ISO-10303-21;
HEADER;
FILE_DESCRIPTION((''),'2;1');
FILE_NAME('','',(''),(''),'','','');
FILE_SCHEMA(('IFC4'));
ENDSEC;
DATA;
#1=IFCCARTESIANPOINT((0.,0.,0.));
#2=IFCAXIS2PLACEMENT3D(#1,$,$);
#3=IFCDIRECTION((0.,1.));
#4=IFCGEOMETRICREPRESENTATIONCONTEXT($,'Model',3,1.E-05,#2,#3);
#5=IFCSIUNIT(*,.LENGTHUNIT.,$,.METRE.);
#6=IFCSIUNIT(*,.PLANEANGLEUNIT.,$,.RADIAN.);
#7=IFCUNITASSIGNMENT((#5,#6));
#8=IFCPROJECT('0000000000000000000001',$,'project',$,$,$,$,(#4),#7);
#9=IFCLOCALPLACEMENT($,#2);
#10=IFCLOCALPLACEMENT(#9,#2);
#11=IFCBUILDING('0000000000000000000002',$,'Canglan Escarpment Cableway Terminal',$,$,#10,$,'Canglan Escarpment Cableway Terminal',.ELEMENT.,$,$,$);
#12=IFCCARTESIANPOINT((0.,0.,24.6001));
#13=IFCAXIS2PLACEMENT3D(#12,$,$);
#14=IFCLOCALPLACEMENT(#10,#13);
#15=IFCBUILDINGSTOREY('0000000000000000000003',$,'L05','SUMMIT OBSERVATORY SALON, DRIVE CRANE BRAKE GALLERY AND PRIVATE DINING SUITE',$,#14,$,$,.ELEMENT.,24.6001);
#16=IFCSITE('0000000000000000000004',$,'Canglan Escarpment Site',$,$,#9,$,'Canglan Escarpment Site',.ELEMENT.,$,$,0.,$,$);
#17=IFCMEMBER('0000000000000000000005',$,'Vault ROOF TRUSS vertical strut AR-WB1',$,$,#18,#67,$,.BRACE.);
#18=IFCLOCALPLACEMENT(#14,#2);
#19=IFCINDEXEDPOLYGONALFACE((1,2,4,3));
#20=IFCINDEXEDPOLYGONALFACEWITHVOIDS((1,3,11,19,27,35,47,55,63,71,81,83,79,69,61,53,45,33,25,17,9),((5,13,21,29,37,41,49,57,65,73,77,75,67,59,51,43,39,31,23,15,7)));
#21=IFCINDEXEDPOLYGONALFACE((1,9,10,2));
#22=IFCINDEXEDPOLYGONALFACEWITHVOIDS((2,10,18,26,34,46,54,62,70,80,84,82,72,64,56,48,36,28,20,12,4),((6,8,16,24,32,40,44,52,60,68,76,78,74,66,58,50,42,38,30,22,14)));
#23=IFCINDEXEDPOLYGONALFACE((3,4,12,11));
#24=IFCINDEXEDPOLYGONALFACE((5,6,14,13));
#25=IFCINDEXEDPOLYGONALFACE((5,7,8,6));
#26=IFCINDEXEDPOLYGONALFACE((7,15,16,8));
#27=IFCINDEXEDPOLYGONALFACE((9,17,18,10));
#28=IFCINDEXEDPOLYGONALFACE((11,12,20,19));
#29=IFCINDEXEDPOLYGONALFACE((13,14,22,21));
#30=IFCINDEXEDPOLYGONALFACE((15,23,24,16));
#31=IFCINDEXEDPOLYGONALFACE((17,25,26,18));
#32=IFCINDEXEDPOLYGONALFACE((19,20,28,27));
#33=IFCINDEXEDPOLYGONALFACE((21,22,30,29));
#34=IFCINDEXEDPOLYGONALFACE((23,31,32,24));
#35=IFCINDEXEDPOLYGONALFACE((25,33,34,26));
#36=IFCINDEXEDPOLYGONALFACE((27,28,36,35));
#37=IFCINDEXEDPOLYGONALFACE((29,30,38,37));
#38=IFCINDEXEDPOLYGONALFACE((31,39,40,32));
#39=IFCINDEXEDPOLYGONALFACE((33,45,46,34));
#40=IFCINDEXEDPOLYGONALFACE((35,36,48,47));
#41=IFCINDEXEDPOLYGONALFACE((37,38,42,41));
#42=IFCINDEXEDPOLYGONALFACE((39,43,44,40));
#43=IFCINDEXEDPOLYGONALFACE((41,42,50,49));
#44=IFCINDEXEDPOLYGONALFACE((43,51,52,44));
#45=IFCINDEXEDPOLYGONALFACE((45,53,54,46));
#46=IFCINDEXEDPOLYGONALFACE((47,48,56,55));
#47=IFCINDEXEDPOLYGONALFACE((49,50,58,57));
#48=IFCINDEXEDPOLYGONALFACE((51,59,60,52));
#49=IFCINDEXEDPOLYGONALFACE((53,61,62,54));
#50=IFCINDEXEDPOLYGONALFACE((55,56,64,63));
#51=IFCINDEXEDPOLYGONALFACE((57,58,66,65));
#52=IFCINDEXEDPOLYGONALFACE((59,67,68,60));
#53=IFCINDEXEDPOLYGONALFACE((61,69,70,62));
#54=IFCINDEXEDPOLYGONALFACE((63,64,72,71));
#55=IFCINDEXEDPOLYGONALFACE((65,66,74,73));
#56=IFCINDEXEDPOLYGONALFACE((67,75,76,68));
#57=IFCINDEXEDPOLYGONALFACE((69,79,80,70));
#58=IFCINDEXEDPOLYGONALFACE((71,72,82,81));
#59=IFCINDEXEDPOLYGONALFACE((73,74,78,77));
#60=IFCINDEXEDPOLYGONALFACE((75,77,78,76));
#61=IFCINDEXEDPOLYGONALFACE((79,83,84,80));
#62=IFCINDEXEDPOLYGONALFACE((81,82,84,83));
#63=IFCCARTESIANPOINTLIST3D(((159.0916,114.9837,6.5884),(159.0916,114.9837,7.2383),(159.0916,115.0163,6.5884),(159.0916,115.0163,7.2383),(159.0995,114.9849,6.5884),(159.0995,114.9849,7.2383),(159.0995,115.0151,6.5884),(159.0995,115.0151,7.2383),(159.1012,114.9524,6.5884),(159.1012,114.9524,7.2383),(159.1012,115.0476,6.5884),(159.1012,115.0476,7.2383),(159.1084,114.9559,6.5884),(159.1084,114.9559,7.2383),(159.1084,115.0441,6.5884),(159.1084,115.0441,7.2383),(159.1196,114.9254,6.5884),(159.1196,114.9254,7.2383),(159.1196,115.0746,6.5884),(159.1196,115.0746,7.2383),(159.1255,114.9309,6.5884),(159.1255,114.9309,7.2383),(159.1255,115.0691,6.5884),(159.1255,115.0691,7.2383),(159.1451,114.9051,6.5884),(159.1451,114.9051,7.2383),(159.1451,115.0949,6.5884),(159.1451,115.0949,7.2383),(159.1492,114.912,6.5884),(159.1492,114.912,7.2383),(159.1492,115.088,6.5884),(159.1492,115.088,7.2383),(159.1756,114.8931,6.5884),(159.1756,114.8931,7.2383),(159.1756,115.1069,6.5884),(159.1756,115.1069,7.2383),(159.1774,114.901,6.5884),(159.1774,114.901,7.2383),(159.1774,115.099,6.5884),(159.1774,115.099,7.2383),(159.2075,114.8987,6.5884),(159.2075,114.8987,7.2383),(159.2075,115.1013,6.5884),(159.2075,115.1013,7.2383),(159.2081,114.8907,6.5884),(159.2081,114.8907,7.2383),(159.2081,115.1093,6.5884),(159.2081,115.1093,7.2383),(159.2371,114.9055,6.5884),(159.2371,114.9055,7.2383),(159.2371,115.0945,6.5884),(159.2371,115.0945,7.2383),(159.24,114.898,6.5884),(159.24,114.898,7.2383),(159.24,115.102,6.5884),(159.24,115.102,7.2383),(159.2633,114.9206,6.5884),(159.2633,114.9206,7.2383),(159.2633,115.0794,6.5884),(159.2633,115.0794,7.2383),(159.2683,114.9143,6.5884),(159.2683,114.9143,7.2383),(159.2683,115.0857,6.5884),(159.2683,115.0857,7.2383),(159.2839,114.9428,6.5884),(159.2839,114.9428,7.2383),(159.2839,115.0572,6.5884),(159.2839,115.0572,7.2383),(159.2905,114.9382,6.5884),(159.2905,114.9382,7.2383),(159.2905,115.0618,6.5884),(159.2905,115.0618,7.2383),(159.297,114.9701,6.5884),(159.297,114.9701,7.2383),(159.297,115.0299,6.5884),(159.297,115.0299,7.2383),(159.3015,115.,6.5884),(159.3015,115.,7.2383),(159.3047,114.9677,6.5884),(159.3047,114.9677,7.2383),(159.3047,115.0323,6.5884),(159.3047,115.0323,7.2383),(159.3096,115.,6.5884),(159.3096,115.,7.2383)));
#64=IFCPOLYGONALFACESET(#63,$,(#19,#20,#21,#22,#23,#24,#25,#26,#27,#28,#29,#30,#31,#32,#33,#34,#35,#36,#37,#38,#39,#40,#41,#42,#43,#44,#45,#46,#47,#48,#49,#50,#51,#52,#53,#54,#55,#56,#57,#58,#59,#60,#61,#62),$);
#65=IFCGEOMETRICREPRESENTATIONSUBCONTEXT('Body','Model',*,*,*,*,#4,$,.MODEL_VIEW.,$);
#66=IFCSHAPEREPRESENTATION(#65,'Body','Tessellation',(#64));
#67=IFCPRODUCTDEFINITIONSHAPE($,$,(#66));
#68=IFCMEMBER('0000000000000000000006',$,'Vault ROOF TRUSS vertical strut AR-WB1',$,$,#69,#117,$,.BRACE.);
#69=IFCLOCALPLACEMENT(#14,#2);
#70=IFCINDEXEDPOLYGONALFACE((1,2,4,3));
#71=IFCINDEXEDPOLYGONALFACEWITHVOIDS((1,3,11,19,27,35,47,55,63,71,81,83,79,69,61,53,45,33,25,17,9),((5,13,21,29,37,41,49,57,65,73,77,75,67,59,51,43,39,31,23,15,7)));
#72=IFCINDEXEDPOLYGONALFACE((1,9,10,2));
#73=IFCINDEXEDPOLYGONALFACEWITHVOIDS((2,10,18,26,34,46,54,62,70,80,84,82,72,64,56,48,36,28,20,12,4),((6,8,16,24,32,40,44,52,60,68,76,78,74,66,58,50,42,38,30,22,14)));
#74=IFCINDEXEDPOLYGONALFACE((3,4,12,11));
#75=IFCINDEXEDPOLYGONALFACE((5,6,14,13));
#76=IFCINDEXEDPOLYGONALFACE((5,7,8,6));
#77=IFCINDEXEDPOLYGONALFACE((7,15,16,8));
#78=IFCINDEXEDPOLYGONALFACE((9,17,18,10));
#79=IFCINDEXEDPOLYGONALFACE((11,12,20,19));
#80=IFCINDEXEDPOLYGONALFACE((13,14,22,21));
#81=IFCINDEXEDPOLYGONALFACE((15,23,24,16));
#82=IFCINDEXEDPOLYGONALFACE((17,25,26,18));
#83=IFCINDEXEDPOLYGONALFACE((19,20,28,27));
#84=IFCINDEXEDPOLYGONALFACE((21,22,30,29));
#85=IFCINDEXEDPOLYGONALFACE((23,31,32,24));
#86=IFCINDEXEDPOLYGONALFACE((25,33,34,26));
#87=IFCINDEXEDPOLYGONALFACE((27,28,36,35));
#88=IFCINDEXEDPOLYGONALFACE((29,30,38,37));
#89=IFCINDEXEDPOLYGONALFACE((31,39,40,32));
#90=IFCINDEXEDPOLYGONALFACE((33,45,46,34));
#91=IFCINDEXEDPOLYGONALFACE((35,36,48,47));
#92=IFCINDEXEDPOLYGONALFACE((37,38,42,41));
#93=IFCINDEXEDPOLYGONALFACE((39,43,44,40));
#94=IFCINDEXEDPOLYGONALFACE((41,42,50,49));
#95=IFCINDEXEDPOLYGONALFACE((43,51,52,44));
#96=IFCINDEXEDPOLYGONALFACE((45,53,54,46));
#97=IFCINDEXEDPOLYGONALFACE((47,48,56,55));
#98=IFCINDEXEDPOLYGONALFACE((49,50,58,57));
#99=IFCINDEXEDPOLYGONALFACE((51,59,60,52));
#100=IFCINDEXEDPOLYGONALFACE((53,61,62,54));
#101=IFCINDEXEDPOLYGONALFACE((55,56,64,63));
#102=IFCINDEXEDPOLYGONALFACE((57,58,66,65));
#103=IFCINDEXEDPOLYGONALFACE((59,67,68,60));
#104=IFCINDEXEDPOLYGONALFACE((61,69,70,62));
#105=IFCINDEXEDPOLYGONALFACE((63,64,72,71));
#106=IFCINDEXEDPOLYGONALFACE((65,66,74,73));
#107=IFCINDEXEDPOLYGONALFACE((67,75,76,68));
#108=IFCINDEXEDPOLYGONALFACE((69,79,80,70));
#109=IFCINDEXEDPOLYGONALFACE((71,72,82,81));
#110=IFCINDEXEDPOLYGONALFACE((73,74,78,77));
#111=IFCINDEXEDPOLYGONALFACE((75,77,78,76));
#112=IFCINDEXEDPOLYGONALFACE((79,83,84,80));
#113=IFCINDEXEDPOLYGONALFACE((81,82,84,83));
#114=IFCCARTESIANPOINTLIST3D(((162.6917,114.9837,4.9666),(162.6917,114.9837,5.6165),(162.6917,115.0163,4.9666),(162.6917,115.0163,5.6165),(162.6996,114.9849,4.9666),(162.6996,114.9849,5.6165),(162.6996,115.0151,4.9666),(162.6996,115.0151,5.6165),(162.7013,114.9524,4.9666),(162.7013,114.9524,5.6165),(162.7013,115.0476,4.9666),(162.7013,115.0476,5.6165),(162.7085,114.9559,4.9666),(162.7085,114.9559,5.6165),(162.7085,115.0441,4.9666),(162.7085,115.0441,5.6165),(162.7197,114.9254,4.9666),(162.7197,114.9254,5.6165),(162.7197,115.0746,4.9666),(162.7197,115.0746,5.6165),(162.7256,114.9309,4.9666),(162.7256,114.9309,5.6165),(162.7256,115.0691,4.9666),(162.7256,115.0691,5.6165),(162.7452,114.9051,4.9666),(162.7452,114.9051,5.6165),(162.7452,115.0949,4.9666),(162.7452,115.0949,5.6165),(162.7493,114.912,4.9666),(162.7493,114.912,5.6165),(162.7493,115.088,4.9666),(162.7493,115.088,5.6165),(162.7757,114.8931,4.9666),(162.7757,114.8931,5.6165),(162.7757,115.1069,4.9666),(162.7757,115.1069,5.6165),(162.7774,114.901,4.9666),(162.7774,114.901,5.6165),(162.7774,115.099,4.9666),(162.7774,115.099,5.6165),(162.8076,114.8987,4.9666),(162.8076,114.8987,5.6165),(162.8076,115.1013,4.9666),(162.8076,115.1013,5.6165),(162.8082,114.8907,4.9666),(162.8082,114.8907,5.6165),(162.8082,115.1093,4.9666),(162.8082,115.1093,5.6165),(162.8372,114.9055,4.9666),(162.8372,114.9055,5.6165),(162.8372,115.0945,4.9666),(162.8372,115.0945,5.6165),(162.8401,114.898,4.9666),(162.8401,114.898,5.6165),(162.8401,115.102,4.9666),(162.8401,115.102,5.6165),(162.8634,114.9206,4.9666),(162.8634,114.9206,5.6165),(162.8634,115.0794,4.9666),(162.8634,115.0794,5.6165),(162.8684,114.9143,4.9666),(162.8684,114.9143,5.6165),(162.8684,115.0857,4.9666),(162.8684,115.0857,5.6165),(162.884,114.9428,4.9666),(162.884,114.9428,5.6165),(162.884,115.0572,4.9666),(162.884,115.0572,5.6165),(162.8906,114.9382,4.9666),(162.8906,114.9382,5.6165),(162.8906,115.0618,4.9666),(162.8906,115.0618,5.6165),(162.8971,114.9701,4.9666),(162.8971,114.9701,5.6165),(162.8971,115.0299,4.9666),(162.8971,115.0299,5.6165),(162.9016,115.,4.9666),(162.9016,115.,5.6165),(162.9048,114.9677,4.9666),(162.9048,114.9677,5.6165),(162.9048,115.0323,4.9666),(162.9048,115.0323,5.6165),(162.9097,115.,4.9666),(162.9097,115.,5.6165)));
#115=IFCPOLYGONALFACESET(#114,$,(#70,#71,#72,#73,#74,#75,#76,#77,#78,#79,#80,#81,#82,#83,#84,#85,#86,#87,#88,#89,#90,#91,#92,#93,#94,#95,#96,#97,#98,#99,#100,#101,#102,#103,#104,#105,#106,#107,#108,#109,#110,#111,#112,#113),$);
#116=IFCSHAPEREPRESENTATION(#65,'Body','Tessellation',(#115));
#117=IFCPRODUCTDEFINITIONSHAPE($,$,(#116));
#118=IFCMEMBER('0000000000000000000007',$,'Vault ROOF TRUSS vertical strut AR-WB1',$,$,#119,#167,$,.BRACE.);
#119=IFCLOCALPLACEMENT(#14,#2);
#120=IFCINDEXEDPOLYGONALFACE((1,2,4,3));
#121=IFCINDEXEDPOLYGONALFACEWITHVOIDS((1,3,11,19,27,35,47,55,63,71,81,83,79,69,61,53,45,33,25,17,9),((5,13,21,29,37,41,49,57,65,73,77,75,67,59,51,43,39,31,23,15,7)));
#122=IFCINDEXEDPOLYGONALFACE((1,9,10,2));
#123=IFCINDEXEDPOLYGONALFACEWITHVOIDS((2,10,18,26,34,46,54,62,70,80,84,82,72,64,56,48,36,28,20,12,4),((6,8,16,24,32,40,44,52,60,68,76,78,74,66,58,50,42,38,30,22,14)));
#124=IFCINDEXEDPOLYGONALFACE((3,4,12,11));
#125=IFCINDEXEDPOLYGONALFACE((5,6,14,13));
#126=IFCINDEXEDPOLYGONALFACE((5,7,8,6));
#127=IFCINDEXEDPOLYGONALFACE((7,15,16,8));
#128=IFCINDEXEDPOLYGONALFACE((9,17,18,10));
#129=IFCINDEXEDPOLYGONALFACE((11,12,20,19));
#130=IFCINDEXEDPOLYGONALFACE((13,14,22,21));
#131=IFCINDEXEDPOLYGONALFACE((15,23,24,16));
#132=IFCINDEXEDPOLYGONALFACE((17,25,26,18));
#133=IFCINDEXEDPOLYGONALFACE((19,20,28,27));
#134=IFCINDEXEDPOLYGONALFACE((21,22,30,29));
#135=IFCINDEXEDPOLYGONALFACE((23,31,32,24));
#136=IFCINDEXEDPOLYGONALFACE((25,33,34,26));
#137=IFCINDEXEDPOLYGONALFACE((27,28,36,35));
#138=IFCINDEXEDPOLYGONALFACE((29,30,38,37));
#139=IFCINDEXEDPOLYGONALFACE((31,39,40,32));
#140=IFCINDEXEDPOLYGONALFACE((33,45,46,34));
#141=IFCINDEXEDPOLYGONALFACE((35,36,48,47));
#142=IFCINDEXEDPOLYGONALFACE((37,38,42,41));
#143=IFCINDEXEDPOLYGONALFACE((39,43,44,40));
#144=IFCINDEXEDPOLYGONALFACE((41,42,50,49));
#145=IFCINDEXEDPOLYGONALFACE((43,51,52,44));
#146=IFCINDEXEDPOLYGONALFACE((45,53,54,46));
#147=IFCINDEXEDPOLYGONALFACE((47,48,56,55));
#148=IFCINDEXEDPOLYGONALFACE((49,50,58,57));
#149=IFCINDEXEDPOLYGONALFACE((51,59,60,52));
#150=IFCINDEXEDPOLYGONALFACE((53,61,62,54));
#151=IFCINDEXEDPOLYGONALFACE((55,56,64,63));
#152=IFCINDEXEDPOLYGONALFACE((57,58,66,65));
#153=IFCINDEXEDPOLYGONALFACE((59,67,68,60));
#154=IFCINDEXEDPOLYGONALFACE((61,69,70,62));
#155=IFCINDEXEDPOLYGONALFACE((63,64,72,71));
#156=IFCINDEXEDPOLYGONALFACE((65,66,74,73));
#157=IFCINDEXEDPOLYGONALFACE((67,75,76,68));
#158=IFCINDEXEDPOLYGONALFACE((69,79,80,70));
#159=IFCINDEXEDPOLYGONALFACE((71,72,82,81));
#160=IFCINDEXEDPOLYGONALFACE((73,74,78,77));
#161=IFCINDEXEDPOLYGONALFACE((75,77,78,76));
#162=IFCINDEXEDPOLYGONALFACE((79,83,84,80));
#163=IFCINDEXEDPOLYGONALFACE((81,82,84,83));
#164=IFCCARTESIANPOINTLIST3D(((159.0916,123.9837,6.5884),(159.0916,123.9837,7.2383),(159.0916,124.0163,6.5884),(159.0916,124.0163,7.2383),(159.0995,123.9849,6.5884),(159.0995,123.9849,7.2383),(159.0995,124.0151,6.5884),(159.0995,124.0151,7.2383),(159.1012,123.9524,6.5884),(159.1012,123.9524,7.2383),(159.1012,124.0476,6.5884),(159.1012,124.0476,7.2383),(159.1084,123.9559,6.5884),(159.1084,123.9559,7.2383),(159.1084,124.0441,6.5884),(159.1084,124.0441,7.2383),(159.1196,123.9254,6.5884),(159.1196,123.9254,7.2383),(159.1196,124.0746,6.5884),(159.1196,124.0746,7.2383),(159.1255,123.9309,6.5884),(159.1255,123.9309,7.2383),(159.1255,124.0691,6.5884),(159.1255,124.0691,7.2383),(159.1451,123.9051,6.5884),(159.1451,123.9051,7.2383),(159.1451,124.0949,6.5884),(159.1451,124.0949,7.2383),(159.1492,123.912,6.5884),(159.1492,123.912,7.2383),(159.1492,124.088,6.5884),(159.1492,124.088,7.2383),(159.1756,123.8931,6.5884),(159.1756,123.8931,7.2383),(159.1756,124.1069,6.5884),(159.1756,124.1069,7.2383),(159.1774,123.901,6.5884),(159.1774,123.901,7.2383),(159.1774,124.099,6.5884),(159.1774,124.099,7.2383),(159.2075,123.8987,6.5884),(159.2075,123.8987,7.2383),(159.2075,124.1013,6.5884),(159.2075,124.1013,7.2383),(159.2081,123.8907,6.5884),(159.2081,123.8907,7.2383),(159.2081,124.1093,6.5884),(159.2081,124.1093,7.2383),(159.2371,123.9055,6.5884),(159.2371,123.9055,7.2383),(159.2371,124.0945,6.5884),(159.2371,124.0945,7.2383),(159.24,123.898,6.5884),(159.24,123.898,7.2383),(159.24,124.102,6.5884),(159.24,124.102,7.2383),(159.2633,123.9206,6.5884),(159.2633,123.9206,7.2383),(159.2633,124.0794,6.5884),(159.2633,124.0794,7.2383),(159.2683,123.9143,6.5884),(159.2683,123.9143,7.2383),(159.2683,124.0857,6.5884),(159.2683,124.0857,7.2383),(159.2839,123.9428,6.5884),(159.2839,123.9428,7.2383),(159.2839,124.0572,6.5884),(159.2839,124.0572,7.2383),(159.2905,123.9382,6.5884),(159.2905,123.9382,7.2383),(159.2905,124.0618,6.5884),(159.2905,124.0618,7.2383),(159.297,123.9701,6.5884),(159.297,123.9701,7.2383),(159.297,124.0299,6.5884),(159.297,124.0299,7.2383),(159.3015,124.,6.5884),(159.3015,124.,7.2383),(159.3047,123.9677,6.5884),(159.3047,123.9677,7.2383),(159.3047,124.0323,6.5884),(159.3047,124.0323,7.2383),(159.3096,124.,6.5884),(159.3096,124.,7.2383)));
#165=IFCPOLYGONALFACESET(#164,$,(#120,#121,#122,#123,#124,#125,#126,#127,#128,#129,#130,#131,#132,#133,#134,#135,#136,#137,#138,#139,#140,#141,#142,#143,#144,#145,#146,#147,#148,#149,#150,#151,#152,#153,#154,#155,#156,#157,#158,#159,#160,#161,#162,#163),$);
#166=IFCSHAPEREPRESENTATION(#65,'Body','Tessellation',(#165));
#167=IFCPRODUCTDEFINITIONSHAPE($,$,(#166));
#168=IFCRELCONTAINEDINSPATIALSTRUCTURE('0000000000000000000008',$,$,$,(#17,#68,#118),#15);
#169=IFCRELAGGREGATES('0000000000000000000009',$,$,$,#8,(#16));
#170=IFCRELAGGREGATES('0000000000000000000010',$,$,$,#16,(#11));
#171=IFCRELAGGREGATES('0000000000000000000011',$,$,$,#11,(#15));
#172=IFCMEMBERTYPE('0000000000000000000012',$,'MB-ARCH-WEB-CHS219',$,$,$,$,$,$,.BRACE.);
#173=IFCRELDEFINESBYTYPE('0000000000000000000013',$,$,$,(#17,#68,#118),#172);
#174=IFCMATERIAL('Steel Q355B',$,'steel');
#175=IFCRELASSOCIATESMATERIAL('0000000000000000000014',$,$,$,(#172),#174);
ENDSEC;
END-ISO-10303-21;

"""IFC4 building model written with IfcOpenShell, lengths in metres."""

from ifc_helpers import new_model, si_unit, direction, frame, origin, origin_2d, place, context, subcontext, project, spatial, hollow_circle, extrude, material, material_profile, profile_set, type_object, element, save


model = new_model("IFC4")

# Units and contexts
model_context = context("Model", 3, precision=1e-05, world=origin(), true_north=direction((0.0, 1.0)))
body_context = subcontext(model_context, "Body", "Model", "MODEL_VIEW")
ifc_project = project(units=[si_unit("LENGTHUNIT", "METRE"), si_unit("PLANEANGLEUNIT", "RADIAN")], contexts=[model_context])

# Site, building, storey
site_placement = place(None, origin())
site = spatial("IfcSite", under=ifc_project, at=site_placement, Name="Canglan Escarpment Site", LongName="Canglan Escarpment Site", CompositionType="ELEMENT", RefElevation=0.0)
building_placement = place(site_placement, origin())
building = spatial("IfcBuilding", under=site, at=building_placement, Name="Canglan Escarpment Cableway Terminal", LongName="Canglan Escarpment Cableway Terminal", CompositionType="ELEMENT")
storey_placement = place(building_placement, frame((0.0, 0.0, 24.6001)))
storey = spatial("IfcBuildingStorey", under=building, at=storey_placement, Name="L05", Description="SUMMIT OBSERVATORY SALON, DRIVE CRANE BRAKE GALLERY AND PRIVATE DINING SUITE", CompositionType="ELEMENT", Elevation=24.6001)

# Shared definitions
ifc_material_1 = material(Name="Steel Q355B", Category="steel")

# Members
ifc_material_profile_1 = material_profile(ifc_material_1, hollow_circle(Radius=0.1096, WallThickness=0.0081, at=origin_2d()), Name="CHS 219.1x8")
ifc_profile_set_1 = profile_set([ifc_material_profile_1], Name="Steel Q355B")
member_type_1 = type_object("IfcMemberType", Name="MB-ARCH-WEB-CHS219", PredefinedType="BRACE", material=ifc_profile_set_1)
for number, where, z_axis, x_axis, name in (
    (1, (159.2, 115.0, 6.5884), (0.0, 0.0, 1.0), (1.0, 0.0, 0.0), "Vault ROOF TRUSS vertical strut AR-WB1"),
    (2, (162.8, 115.0, 4.9666), (0.0, 0.0, 1.0), (1.0, 0.0, 0.0), "Vault ROOF TRUSS vertical strut AR-WB1"),
    (3, (159.2, 124.0, 6.5884), (0.0, 0.0, 1.0), (1.0, 0.0, 0.0), "Vault ROOF TRUSS vertical strut AR-WB1"),
):
    element("IfcMember", number, at=place(storey_placement, frame(where, z_axis=z_axis, x_axis=x_axis)), inside=storey, type_object=member_type_1, Name=name, PredefinedType="BRACE", context=body_context, shape_type="SweptSolid", body=[
        extrude(hollow_circle(Radius=0.1096, WallThickness=0.0081, at=origin_2d()), origin(), (0.0, 0.0, 1.0), 0.6499),
    ])

save(model, "model.ifc")
